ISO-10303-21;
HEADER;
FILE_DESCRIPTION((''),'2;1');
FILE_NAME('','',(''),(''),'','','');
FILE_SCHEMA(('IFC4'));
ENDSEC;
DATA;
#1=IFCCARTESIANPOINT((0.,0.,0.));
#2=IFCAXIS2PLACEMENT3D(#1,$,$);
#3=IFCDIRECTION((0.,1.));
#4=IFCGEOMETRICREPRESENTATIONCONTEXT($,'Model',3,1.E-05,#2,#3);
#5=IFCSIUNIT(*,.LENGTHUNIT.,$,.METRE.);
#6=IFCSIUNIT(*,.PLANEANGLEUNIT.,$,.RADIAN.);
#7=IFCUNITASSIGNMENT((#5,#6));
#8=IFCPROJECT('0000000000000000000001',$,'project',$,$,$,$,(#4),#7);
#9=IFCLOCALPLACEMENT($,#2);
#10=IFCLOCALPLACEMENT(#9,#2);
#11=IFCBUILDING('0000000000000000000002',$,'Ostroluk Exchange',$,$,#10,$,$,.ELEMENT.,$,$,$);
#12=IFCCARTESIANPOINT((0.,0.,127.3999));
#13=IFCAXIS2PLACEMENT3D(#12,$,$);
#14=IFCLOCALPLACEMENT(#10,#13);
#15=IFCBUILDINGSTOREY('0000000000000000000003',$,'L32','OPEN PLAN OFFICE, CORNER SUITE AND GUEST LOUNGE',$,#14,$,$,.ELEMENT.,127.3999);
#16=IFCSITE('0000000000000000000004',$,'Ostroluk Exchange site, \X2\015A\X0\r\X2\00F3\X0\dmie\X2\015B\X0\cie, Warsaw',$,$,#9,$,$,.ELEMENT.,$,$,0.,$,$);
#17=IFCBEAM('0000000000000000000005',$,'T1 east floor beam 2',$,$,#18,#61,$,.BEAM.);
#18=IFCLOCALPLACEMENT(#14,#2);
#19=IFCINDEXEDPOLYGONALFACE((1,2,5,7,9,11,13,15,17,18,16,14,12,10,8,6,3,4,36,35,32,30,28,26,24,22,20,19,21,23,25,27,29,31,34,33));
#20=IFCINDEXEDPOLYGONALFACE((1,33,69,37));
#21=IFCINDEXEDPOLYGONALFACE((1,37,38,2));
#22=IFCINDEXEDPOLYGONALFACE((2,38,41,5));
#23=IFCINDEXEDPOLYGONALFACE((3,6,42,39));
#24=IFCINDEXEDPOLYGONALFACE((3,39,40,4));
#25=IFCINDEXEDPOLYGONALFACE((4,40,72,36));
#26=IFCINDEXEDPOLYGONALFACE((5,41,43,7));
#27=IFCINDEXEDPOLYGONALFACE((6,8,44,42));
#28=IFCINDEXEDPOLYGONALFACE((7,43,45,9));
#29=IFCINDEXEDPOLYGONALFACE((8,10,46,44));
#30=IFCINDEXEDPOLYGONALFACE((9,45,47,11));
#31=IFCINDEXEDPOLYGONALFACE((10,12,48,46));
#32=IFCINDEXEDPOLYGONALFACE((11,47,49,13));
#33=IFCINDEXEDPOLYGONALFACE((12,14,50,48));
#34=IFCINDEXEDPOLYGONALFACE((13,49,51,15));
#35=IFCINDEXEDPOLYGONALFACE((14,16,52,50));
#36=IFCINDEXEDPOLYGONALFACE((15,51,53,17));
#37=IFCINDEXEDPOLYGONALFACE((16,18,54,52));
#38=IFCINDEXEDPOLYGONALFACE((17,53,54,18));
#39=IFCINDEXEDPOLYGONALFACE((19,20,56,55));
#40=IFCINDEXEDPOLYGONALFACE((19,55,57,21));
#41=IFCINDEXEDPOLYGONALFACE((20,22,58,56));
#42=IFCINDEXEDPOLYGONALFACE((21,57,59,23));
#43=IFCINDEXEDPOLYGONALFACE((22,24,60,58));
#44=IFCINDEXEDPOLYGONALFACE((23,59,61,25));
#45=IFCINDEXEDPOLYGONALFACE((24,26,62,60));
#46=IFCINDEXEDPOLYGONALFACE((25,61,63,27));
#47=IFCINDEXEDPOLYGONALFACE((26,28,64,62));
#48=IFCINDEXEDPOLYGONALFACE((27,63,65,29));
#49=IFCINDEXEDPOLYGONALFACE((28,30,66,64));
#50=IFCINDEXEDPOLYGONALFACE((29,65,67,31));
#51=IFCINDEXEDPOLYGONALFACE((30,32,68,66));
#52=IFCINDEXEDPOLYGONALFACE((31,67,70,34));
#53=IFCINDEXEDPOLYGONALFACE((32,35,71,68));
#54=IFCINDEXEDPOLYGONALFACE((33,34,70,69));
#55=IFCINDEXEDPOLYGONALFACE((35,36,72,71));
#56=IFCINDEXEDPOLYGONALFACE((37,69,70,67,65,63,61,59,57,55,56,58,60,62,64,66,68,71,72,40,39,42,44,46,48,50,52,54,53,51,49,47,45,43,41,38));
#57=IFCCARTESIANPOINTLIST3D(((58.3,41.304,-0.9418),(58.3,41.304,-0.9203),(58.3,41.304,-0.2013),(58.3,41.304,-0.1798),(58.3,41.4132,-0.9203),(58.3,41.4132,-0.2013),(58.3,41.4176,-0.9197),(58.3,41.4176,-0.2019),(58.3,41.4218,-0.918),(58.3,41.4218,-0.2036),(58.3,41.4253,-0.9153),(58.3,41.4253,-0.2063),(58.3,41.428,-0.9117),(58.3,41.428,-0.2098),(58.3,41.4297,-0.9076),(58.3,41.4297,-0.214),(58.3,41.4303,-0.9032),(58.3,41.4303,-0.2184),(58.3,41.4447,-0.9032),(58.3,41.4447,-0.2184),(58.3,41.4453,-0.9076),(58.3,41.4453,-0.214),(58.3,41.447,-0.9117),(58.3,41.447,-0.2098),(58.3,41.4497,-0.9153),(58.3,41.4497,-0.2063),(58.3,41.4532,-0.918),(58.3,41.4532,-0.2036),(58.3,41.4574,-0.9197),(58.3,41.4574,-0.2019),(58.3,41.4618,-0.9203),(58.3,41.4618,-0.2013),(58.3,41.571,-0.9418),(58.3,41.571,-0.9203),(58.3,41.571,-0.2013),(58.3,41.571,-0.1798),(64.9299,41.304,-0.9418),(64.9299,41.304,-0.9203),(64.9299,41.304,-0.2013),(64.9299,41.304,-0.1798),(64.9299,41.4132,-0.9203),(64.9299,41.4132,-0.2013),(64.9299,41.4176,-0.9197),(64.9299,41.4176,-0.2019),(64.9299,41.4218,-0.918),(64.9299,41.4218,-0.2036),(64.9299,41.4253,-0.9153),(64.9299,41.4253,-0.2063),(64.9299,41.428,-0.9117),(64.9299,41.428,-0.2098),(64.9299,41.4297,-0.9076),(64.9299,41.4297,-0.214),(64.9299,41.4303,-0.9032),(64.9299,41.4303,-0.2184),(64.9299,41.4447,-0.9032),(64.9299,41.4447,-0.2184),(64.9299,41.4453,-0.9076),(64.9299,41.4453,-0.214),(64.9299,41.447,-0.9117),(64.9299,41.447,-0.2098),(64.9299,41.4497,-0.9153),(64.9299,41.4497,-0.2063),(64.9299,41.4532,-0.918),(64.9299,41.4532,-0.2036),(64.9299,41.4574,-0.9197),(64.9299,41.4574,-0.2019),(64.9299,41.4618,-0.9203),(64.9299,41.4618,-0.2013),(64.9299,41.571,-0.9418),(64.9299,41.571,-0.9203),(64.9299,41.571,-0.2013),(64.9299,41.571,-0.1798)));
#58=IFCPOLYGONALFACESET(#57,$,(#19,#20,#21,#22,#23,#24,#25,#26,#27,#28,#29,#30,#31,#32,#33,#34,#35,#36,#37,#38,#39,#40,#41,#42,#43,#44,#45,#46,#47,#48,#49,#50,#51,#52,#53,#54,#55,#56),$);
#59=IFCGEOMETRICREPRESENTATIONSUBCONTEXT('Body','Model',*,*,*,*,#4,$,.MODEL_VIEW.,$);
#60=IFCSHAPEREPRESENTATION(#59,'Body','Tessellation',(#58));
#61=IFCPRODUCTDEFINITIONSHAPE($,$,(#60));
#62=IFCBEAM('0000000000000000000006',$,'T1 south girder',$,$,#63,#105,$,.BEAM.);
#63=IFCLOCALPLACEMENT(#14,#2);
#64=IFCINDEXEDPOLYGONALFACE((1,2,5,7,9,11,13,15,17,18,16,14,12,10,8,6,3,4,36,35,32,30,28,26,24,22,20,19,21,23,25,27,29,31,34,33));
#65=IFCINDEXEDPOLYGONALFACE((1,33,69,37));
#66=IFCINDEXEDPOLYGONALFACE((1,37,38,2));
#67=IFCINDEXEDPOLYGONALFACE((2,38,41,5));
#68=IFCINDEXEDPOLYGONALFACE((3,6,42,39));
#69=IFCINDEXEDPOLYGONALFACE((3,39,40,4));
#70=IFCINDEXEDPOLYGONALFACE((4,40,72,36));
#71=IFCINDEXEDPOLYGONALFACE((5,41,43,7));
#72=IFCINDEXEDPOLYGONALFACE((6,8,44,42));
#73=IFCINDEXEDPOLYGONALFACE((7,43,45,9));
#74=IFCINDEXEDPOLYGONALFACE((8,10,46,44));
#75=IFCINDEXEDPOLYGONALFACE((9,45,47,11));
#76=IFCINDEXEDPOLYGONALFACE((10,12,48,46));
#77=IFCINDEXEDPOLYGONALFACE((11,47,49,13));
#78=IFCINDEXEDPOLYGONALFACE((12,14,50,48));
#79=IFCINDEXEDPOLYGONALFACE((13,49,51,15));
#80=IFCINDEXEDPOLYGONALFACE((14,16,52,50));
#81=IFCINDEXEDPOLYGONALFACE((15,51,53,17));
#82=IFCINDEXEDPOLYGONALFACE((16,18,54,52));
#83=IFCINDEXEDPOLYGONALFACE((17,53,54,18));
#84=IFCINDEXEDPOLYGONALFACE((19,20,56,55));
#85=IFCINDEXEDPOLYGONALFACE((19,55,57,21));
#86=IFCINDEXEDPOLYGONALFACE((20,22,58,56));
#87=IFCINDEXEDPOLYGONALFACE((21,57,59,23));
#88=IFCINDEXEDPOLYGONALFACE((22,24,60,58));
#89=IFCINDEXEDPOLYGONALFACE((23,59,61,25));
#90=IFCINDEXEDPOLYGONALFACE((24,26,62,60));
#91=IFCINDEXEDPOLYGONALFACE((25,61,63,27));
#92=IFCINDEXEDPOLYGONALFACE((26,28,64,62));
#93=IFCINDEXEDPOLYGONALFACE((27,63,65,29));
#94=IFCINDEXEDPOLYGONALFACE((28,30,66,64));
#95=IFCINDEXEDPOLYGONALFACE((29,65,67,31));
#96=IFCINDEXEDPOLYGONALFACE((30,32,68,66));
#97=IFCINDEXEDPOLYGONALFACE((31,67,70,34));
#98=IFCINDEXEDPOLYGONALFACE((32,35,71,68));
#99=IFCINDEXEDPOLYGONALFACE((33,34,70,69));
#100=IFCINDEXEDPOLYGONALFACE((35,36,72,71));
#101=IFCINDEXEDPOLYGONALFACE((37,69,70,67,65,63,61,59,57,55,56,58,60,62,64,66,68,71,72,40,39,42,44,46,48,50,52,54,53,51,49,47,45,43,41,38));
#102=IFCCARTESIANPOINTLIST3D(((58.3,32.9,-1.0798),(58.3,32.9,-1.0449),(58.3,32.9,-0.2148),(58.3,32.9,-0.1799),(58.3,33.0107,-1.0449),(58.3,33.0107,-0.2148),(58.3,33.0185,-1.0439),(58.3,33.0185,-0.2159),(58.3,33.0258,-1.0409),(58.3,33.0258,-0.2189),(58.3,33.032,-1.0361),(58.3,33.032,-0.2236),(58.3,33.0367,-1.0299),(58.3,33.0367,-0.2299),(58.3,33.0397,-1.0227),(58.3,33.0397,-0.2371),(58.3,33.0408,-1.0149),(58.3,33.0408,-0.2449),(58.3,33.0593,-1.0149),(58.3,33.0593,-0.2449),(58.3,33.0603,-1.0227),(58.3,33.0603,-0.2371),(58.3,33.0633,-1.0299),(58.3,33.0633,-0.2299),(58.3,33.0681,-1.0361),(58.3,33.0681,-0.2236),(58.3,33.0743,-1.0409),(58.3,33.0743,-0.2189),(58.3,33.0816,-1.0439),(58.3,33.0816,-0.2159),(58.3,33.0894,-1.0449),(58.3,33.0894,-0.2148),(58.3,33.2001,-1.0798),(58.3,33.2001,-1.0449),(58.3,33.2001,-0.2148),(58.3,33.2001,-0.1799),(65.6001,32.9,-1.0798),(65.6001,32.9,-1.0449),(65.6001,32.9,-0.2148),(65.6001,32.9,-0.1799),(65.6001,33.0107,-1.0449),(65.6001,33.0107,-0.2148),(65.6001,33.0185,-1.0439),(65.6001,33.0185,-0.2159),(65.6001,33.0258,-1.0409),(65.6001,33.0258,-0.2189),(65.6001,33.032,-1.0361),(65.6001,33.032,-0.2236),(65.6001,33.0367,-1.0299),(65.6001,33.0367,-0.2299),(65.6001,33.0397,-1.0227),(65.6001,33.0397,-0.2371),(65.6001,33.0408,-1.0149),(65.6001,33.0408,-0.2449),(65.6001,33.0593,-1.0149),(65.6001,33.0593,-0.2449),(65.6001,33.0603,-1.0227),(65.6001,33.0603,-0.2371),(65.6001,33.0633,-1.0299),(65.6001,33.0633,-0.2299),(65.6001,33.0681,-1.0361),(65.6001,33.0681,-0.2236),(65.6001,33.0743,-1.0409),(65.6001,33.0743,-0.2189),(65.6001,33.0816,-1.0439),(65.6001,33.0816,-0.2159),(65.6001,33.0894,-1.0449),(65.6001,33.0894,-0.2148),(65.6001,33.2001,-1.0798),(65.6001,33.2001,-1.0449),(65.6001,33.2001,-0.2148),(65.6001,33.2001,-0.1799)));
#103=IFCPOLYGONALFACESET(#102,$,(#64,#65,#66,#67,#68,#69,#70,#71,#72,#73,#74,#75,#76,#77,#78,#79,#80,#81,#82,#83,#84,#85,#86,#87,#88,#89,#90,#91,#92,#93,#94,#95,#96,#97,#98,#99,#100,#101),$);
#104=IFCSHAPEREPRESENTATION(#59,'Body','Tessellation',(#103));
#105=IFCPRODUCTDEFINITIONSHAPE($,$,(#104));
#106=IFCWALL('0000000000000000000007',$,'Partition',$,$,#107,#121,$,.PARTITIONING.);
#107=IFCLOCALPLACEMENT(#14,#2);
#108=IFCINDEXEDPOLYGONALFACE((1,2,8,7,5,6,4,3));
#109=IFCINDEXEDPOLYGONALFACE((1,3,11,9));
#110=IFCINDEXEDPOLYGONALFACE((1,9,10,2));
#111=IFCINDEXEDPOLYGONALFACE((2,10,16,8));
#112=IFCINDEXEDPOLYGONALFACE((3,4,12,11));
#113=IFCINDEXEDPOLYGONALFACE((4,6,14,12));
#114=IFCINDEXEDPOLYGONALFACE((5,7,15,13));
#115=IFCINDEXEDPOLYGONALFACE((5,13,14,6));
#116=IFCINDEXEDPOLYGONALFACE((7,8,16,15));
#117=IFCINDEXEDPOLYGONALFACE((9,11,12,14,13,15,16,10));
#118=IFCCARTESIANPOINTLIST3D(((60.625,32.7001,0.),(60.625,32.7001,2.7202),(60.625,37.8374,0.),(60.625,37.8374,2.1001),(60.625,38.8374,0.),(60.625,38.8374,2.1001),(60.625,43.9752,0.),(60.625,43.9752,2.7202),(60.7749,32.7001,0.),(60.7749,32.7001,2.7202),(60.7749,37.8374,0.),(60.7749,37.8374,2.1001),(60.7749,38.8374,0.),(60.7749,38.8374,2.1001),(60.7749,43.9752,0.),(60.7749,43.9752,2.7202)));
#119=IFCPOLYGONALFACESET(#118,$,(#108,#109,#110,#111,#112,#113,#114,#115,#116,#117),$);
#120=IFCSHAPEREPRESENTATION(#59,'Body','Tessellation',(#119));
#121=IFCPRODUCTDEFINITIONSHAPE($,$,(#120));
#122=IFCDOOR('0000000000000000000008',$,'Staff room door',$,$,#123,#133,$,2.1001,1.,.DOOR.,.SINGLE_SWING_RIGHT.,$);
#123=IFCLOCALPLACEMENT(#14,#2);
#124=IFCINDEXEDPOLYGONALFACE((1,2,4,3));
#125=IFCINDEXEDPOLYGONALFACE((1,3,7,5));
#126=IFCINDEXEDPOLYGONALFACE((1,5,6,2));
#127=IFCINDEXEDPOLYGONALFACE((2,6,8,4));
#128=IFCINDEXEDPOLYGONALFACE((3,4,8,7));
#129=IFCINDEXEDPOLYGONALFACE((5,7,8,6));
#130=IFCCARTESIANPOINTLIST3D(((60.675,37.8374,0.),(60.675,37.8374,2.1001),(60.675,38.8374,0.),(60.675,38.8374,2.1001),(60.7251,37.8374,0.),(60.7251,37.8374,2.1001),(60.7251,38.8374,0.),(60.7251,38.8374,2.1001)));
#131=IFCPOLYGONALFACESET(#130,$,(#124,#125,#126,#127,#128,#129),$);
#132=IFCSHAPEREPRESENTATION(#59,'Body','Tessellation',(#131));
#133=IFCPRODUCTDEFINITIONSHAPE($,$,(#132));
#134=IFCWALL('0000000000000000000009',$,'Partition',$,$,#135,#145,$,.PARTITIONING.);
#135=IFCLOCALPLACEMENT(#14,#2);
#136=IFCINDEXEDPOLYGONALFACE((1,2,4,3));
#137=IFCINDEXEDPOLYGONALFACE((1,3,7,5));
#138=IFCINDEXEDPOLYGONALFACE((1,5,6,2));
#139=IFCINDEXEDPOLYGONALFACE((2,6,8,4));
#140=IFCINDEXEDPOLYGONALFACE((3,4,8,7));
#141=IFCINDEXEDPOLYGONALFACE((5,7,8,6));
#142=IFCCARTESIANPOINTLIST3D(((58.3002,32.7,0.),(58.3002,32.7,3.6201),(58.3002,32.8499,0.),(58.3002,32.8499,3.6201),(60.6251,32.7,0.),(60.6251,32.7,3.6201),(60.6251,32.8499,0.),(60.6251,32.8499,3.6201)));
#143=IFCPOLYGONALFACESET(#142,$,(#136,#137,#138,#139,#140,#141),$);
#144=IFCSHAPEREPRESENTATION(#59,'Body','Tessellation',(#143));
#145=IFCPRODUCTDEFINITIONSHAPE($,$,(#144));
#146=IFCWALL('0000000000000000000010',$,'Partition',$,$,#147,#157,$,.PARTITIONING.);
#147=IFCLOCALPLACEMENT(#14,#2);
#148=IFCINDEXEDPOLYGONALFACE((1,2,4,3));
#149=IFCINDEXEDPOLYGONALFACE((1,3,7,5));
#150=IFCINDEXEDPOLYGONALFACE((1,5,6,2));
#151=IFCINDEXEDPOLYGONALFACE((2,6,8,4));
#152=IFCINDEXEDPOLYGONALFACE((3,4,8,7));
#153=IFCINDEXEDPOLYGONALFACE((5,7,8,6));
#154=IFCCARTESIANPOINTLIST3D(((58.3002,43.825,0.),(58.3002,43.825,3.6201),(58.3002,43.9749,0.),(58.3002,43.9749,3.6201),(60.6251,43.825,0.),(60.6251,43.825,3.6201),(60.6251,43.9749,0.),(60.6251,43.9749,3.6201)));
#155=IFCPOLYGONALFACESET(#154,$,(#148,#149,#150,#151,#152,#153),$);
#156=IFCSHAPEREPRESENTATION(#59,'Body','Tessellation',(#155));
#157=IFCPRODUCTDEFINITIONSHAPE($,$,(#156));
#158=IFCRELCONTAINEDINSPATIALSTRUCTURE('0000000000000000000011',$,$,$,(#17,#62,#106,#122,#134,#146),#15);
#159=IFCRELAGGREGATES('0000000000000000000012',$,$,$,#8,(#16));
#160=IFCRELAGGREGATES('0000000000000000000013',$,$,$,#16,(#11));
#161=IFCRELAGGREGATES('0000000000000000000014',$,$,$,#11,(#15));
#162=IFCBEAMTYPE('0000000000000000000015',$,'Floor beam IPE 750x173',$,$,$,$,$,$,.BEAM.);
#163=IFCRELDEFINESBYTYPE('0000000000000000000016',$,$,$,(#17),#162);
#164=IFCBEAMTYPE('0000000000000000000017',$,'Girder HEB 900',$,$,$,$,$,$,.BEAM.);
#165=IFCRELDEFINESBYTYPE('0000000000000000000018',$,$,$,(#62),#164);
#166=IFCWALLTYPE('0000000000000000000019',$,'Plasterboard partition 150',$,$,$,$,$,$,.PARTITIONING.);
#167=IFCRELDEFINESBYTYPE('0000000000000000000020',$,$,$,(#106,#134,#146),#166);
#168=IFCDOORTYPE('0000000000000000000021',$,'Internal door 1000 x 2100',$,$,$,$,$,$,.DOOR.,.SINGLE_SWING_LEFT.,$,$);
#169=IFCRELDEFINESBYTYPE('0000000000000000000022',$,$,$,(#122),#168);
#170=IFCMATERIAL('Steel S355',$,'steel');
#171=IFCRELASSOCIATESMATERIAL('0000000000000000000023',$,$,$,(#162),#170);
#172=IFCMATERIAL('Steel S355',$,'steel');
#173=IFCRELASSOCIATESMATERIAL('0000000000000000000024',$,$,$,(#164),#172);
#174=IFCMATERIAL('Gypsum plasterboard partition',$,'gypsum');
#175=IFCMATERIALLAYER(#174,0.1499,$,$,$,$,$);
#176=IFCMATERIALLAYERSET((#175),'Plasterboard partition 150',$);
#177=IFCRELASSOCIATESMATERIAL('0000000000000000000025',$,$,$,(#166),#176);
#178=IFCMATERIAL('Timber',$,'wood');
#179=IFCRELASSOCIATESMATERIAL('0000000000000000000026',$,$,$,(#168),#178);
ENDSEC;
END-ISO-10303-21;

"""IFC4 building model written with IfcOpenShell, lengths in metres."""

from ifc_helpers import new_model, si_unit, direction, frame, frame_2d, origin, origin_2d, place, context, subcontext, project, spatial, rectangle, i_section, extrude, material, layer, layer_set, material_profile, profile_set, type_object, element, fill, save


model = new_model("IFC4")

# Units and contexts
model_context = context("Model", 3, precision=1e-05, world=origin(), true_north=direction((0.0, 1.0)))
body_context = subcontext(model_context, "Body", "Model", "MODEL_VIEW")
ifc_project = project(units=[si_unit("LENGTHUNIT", "METRE"), si_unit("PLANEANGLEUNIT", "RADIAN")], contexts=[model_context])

# Site, building, storey
site_placement = place(None, origin())
site = spatial("IfcSite", under=ifc_project, at=site_placement, Name="Ostroluk Exchange site, Śródmieście, Warsaw", CompositionType="ELEMENT", RefElevation=0.0)
building_placement = place(site_placement, origin())
building = spatial("IfcBuilding", under=site, at=building_placement, Name="Ostroluk Exchange", CompositionType="ELEMENT")
storey_placement = place(building_placement, frame((0.0, 0.0, 127.3999)))
storey = spatial("IfcBuildingStorey", under=building, at=storey_placement, Name="L32", Description="OPEN PLAN OFFICE, CORNER SUITE AND GUEST LOUNGE", CompositionType="ELEMENT", Elevation=127.3999)

# Beams
ifc_material_1 = material(Name="Steel S355", Category="steel")
ifc_material_profile_1 = material_profile(ifc_material_1, i_section(OverallWidth=0.2671, OverallDepth=0.762, WebThickness=0.0144, FlangeThickness=0.0215, FilletRadius=0.0171, at=origin_2d()), Name="IPE 750x173")
ifc_profile_set_1 = profile_set([ifc_material_profile_1], Name="Steel S355")
beam_type_1 = type_object("IfcBeamType", Name="Floor beam IPE 750x173", PredefinedType="BEAM", material=ifc_profile_set_1)
for number, where, z_axis, x_axis, name in (
    (1, (58.3, 41.4375, -0.5608), (1.0, 0.0, 0.0), (0.0, 1.0, 0.0), "T1 east floor beam 2"),
):
    element("IfcBeam", number, at=place(storey_placement, frame(where, z_axis=z_axis, x_axis=x_axis)), inside=storey, type_object=beam_type_1, Name=name, PredefinedType="BEAM", context=body_context, shape_type="SweptSolid", body=[
        extrude(i_section(OverallWidth=0.2671, OverallDepth=0.762, WebThickness=0.0144, FlangeThickness=0.0215, FilletRadius=0.0171, at=origin_2d()), origin(), (0.0, 0.0, 1.0), 6.6299),
    ])
ifc_material_2 = material(Name="Steel S355", Category="steel")
ifc_material_profile_2 = material_profile(ifc_material_2, i_section(OverallWidth=0.3, OverallDepth=0.8999, WebThickness=0.0186, FlangeThickness=0.0349, FilletRadius=0.03, at=origin_2d()), Name="HEB 900")
ifc_profile_set_2 = profile_set([ifc_material_profile_2], Name="Steel S355")
beam_type_2 = type_object("IfcBeamType", Name="Girder HEB 900", PredefinedType="BEAM", material=ifc_profile_set_2)
beam_1_placement = place(storey_placement, frame((58.3, 33.05, -0.6299), z_axis=(1.0, 0.0, 0.0), x_axis=(0.0, 1.0, 0.0)))
element("IfcBeam", 2, at=beam_1_placement, inside=storey, type_object=beam_type_2, Name="T1 south girder", PredefinedType="BEAM", context=body_context, shape_type="SweptSolid", body=[
    extrude(i_section(OverallWidth=0.3, OverallDepth=0.8999, WebThickness=0.0186, FlangeThickness=0.0349, FilletRadius=0.03, at=origin_2d()), origin(), (0.0, 0.0, 1.0), 7.3),
])

# Wall, opening, door
ifc_material_3 = material(Name="Gypsum plasterboard partition", Category="gypsum")
ifc_layer_1 = layer(ifc_material_3, 0.1499)
ifc_layer_set_1 = layer_set([ifc_layer_1], Name="Plasterboard partition 150")
wall_type_1 = type_object("IfcWallType", Name="Plasterboard partition 150", PredefinedType="PARTITIONING", material=ifc_layer_set_1)
wall_1_placement = place(storey_placement, frame((60.7, 32.7, 0.0), z_axis=(0.0, 0.0, 1.0), x_axis=(0.0, 1.0, 0.0)))
wall_1 = element("IfcWall", 3, at=wall_1_placement, inside=storey, type_object=wall_type_1, Name="Partition", PredefinedType="PARTITIONING", context=body_context, shape_type="SweptSolid", body=[
    extrude(rectangle(XDim=11.2751, YDim=0.1499, at=frame_2d((5.6377, 0.0))), origin(), (0.0, 0.0, 1.0), 2.7202),
])
opening_1_placement = place(wall_1_placement, frame((5.1375, 0.0, 0.0)))
opening_1 = element("IfcOpeningElement", 4, at=opening_1_placement, cuts=wall_1, PredefinedType="OPENING", context=body_context, shape_type="SweptSolid", body=[
    extrude(rectangle(XDim=1.0, YDim=2.1001, at=frame_2d((0.5, 1.05))), frame((0.0, 0.085, 0.0), z_axis=(0.0, -1.0, 0.0), x_axis=(1.0, 0.0, 0.0)), (0.0, 0.0, 1.0), 0.1699),
])
ifc_material_4 = material(Name="Timber", Category="wood")
door_type_1 = type_object("IfcDoorType", Name="Internal door 1000 x 2100", OperationType="SINGLE_SWING_LEFT", PredefinedType="DOOR", material=ifc_material_4)
door_1_placement = place(opening_1_placement, origin())
door_1 = element("IfcDoor", 5, at=door_1_placement, inside=storey, type_object=door_type_1, Name="Staff room door", OperationType="SINGLE_SWING_RIGHT", OverallHeight=2.1001, OverallWidth=1.0, PredefinedType="DOOR", context=body_context, shape_type="SweptSolid", body=[
    extrude(rectangle(XDim=1.0, YDim=2.1001, at=frame_2d((0.5, 1.05))), frame((0.0, 0.0249, 0.0), z_axis=(0.0, -1.0, 0.0), x_axis=(1.0, 0.0, 0.0)), (0.0, 0.0, 1.0), 0.05),
])
fill(opening_1, door_1)

# Walls
for number, where, z_axis, x_axis, name in (
    (6, (58.3, 32.7749, 0.0), (0.0, 0.0, 1.0), (1.0, 0.0, 0.0), "Partition"),
    (7, (58.3, 43.8999, 0.0), (0.0, 0.0, 1.0), (1.0, 0.0, 0.0), "Partition"),
):
    element("IfcWall", number, at=place(storey_placement, frame(where, z_axis=z_axis, x_axis=x_axis)), inside=storey, type_object=wall_type_1, Name=name, PredefinedType="PARTITIONING", context=body_context, shape_type="SweptSolid", body=[
        extrude(rectangle(XDim=2.325, YDim=0.1499, at=frame_2d((1.1626, 0.0))), origin(), (0.0, 0.0, 1.0), 3.6201),
    ])

save(model, "model.ifc")
